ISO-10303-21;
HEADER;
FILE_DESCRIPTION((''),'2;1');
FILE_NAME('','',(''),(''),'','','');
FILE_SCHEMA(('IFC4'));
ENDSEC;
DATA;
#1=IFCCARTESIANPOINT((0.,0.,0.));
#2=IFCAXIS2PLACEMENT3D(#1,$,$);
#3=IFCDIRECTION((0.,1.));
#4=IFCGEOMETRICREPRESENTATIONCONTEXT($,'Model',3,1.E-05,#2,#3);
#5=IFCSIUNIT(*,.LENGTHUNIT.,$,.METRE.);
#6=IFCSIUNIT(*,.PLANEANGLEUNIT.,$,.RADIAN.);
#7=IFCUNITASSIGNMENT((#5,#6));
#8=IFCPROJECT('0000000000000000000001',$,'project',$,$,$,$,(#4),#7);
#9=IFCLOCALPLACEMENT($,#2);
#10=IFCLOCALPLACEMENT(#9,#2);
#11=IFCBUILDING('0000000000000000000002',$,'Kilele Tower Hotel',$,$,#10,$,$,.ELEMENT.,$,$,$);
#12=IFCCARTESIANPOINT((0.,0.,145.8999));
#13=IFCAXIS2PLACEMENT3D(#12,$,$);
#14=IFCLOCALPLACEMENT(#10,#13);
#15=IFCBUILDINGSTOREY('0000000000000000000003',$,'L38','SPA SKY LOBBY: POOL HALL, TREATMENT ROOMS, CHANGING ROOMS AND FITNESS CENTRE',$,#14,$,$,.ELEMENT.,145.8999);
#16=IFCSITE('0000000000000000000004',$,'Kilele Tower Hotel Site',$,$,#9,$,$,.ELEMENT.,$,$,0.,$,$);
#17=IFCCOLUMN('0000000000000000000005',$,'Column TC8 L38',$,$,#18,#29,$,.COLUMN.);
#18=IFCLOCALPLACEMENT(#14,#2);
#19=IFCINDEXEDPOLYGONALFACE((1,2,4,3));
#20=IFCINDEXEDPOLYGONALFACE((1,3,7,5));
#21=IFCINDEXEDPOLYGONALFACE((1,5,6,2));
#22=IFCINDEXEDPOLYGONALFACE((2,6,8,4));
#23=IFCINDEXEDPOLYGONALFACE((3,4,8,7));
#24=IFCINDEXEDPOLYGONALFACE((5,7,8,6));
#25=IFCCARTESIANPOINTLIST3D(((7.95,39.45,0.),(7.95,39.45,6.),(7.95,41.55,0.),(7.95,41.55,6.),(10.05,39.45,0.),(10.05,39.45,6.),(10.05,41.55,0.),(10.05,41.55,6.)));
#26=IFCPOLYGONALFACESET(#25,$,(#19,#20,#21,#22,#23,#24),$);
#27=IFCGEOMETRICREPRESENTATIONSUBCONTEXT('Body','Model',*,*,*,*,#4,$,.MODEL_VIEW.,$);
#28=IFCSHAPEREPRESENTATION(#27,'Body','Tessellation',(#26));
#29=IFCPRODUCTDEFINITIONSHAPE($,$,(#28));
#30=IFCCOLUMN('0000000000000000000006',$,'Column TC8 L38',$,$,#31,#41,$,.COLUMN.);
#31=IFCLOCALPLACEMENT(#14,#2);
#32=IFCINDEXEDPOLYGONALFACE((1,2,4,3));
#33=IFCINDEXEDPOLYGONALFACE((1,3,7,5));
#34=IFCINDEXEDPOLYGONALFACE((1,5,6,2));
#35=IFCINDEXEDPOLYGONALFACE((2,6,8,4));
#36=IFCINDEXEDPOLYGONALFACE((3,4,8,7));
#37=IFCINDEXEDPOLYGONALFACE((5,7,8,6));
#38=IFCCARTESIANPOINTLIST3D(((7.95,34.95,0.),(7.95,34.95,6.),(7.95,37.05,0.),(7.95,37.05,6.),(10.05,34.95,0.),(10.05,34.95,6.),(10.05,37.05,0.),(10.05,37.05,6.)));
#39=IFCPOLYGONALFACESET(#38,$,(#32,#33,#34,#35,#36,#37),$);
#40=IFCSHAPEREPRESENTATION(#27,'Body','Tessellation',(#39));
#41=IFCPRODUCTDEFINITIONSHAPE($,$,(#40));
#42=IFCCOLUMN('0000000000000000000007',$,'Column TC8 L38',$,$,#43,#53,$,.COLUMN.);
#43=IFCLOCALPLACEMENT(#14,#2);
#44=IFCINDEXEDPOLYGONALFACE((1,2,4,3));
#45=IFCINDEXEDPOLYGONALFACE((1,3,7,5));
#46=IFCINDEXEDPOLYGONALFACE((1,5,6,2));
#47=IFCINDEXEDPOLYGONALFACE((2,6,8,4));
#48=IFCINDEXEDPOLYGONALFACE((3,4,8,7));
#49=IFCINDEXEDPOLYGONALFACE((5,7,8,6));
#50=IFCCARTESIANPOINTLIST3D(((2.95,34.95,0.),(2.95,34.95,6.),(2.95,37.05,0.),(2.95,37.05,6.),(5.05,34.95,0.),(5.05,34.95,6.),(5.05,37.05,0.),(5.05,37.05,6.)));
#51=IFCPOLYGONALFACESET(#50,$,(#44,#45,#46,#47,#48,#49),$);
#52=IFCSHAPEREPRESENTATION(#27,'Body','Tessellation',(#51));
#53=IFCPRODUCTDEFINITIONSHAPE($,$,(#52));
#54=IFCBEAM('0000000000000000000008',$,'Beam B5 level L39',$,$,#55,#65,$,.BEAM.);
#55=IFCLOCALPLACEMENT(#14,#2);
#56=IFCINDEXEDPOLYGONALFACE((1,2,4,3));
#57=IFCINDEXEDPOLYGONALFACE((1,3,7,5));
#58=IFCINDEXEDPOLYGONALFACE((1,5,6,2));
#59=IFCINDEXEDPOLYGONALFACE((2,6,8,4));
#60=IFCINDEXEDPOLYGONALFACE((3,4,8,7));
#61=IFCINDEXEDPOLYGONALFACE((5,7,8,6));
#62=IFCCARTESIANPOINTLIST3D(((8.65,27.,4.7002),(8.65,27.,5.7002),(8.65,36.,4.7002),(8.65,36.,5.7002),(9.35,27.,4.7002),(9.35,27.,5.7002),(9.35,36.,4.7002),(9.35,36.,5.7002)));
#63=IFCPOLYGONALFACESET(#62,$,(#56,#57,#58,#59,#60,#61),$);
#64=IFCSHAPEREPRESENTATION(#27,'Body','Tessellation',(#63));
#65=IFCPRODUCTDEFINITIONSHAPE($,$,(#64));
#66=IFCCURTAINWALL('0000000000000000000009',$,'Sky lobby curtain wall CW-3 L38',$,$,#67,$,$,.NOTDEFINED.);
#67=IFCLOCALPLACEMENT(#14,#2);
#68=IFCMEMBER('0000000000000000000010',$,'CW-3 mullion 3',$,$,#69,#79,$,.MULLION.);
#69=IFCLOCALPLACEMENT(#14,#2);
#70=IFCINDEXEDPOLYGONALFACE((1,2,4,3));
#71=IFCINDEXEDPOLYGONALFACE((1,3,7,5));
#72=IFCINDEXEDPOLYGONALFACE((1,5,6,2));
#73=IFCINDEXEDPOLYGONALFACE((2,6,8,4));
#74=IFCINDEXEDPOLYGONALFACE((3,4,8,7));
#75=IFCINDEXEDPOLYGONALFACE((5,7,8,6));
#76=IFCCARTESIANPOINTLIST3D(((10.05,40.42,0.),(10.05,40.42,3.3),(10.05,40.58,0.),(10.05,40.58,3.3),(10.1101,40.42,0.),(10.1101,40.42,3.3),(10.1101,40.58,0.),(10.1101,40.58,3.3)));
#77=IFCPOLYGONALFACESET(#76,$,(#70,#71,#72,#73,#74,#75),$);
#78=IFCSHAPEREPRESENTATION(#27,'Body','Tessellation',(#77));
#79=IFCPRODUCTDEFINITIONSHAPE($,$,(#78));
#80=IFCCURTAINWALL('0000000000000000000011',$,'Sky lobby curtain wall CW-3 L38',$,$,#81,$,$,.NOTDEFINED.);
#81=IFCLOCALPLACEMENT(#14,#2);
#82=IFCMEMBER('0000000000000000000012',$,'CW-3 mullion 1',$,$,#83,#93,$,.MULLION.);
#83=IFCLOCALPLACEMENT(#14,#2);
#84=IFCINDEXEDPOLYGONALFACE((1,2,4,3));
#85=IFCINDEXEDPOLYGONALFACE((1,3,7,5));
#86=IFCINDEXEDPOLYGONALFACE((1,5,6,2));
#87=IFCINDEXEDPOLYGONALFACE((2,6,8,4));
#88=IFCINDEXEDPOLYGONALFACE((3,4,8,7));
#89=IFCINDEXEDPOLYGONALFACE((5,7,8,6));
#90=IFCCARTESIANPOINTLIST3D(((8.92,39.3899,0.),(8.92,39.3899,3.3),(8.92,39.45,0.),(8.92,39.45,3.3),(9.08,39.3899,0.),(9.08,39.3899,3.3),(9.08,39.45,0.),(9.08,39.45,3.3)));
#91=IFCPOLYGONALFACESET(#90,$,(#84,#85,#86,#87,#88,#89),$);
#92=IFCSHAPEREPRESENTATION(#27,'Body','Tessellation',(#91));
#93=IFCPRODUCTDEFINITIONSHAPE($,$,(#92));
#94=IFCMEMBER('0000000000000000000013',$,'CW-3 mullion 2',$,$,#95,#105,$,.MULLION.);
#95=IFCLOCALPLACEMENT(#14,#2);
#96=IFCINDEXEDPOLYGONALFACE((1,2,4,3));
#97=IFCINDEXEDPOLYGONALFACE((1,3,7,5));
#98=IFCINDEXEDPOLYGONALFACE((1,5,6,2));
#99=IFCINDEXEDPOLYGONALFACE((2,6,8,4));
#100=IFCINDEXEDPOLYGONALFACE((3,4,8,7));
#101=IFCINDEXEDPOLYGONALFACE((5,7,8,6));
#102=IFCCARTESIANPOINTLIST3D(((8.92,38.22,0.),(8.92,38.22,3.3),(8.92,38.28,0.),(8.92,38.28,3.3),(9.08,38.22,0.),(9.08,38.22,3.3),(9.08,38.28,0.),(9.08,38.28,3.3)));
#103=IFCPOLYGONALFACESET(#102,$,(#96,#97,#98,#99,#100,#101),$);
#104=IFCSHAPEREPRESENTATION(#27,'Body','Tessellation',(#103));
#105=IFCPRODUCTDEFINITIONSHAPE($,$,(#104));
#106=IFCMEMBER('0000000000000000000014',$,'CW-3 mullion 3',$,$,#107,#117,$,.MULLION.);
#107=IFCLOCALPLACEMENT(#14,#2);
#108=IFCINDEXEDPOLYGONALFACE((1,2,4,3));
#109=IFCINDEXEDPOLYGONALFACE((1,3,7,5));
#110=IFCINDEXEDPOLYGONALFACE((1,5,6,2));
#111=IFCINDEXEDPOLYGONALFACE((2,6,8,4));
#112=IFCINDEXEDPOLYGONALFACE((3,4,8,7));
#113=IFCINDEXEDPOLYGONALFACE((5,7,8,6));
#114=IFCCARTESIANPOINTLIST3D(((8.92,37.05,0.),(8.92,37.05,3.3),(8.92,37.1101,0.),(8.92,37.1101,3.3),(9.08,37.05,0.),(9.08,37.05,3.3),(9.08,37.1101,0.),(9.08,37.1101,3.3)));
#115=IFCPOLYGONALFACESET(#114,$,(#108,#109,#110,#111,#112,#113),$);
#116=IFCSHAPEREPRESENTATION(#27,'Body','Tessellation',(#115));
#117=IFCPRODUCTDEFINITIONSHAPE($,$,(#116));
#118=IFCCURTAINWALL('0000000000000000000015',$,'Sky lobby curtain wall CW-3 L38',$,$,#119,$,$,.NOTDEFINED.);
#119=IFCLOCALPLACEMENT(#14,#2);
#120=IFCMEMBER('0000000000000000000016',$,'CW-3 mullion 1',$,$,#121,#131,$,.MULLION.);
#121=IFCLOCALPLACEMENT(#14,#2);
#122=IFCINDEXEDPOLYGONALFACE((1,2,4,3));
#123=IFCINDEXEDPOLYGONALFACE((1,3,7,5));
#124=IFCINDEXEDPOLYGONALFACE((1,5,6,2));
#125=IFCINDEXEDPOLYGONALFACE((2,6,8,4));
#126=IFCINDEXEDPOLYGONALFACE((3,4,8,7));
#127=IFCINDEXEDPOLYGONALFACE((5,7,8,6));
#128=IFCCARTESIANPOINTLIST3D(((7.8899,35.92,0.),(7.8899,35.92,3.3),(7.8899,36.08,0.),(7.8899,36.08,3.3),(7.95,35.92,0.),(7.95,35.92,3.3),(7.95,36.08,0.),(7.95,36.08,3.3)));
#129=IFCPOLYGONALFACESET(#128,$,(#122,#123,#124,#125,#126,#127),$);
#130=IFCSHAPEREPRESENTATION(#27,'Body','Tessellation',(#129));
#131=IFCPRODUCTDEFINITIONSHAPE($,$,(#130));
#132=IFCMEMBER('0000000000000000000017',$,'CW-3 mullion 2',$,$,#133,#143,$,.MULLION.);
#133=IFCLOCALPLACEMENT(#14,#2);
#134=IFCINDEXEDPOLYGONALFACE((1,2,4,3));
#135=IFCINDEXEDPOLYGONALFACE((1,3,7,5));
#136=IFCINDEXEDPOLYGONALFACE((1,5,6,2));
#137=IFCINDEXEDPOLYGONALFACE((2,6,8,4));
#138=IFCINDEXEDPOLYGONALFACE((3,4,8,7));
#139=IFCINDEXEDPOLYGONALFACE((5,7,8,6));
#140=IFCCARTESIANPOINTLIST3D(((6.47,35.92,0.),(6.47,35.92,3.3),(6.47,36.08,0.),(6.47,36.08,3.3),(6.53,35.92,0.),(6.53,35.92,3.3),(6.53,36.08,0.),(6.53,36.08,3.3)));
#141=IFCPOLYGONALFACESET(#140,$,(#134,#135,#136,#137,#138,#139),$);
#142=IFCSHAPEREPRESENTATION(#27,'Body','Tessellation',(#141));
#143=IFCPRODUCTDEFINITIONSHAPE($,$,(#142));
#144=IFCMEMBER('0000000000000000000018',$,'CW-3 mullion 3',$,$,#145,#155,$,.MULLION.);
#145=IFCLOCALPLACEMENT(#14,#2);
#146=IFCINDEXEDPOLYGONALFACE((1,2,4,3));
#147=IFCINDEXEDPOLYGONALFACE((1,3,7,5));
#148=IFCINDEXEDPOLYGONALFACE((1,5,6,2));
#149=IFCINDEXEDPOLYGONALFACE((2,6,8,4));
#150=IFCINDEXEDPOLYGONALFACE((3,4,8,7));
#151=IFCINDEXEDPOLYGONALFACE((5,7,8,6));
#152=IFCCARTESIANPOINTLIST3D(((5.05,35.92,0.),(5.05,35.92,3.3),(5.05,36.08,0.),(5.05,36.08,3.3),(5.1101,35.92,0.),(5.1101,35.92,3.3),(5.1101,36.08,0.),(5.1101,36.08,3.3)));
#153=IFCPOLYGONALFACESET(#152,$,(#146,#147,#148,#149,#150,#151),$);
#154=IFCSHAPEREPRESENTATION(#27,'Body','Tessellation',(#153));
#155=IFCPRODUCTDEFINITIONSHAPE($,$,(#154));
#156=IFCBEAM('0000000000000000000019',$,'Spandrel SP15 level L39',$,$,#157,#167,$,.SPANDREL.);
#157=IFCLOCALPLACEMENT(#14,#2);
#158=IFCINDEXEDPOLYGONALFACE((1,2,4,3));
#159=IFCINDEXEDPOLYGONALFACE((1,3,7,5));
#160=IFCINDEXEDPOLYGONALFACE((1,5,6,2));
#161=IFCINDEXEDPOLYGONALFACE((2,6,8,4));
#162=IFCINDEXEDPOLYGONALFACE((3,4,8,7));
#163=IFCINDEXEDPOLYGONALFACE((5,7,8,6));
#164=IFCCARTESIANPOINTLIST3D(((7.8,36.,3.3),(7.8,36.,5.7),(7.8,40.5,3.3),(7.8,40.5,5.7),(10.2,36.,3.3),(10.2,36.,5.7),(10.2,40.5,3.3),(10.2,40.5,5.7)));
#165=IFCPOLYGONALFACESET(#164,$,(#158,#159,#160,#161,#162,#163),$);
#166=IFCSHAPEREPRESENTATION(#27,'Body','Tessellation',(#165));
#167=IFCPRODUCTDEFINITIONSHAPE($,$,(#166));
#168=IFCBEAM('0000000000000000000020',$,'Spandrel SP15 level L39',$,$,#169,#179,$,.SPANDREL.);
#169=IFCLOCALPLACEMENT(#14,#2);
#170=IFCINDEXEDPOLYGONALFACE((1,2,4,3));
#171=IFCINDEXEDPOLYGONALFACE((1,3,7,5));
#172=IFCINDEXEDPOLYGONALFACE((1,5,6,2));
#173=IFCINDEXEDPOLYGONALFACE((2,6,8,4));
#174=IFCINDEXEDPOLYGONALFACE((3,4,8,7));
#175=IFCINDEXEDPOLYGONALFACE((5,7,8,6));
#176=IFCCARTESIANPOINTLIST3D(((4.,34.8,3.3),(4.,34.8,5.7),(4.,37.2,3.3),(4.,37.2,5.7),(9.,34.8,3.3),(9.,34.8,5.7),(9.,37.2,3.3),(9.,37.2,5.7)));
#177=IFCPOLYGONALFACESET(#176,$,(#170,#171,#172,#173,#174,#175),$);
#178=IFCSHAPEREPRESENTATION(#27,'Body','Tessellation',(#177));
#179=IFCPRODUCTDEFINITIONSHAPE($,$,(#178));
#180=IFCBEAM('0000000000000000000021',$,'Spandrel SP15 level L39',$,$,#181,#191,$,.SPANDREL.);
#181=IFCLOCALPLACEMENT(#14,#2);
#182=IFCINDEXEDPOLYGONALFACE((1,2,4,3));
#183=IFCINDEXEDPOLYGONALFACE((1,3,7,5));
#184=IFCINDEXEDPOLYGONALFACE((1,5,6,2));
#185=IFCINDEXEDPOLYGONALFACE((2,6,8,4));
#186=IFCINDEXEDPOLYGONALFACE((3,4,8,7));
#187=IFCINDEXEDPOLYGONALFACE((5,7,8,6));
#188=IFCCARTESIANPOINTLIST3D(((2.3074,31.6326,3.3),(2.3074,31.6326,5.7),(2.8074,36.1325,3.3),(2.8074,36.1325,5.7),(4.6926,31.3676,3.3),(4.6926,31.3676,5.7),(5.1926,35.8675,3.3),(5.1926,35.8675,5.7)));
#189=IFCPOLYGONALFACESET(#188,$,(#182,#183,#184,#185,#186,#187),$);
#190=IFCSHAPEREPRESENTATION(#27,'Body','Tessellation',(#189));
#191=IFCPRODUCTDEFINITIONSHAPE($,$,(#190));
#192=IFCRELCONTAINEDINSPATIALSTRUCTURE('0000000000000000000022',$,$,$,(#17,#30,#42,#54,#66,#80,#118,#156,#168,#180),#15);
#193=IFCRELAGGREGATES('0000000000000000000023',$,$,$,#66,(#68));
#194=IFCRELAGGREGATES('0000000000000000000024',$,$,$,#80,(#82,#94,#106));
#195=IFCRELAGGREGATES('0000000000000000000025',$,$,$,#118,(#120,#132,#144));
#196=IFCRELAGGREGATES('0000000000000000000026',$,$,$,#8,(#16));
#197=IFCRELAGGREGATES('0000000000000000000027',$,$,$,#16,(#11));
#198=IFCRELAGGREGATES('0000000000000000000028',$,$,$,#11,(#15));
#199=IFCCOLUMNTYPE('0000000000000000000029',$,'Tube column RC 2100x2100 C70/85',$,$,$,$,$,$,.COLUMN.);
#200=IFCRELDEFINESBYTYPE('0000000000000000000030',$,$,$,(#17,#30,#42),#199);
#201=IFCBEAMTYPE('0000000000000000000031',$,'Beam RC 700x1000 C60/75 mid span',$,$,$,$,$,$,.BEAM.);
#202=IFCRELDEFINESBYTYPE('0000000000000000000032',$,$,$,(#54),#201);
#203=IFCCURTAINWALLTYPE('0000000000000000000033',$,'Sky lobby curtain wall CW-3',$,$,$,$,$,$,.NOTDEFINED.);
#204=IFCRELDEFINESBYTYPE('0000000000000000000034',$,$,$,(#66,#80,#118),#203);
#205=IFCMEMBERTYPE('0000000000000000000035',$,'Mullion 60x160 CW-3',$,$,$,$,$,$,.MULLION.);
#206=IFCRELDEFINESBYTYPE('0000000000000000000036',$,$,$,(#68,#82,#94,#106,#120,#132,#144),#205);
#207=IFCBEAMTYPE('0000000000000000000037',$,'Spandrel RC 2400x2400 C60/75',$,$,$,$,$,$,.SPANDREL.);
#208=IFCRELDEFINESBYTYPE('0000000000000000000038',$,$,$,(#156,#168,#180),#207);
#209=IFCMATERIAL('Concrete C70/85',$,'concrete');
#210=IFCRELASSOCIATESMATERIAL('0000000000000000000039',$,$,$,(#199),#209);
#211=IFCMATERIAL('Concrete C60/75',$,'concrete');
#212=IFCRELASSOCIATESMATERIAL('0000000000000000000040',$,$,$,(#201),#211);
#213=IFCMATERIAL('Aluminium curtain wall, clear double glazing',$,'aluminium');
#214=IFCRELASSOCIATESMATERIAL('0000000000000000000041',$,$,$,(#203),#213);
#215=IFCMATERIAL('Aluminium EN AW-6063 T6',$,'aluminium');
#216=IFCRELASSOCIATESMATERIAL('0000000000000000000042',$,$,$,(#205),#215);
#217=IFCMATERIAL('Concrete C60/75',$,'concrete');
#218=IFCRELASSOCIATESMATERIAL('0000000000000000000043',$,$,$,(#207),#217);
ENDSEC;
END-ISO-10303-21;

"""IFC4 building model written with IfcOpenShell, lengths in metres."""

from ifc_helpers import new_model, si_unit, direction, frame, origin, origin_2d, place, context, subcontext, project, spatial, rectangle, extrude, material, material_profile, profile_set, type_object, element, aggregate, save


model = new_model("IFC4")

# Units and contexts
model_context = context("Model", 3, precision=1e-05, world=origin(), true_north=direction((0.0, 1.0)))
body_context = subcontext(model_context, "Body", "Model", "MODEL_VIEW")
ifc_project = project(units=[si_unit("LENGTHUNIT", "METRE"), si_unit("PLANEANGLEUNIT", "RADIAN")], contexts=[model_context])

# Site, building, storey
site_placement = place(None, origin())
site = spatial("IfcSite", under=ifc_project, at=site_placement, Name="Kilele Tower Hotel Site", CompositionType="ELEMENT", RefElevation=0.0)
building_placement = place(site_placement, origin())
building = spatial("IfcBuilding", under=site, at=building_placement, Name="Kilele Tower Hotel", CompositionType="ELEMENT")
storey_placement = place(building_placement, frame((0.0, 0.0, 145.8999)))
storey = spatial("IfcBuildingStorey", under=building, at=storey_placement, Name="L38", Description="SPA SKY LOBBY: POOL HALL, TREATMENT ROOMS, CHANGING ROOMS AND FITNESS CENTRE", CompositionType="ELEMENT", Elevation=145.8999)

# Columns
ifc_material_1 = material(Name="Concrete C70/85", Category="concrete")
ifc_material_profile_1 = material_profile(ifc_material_1, rectangle(XDim=2.1001, YDim=2.1001, at=origin_2d()))
ifc_profile_set_1 = profile_set([ifc_material_profile_1], Name="Concrete C70/85")
column_type = type_object("IfcColumnType", Name="Tube column RC 2100x2100 C70/85", PredefinedType="COLUMN", material=ifc_profile_set_1)
for number, where, z_axis, x_axis, name in (
    (1, (9.0, 40.5, 0.0), (0.0, 0.0, 1.0), (1.0, 0.0, 0.0), "Column TC8 L38"),
    (2, (9.0, 36.0, 0.0), (0.0, 0.0, 1.0), (1.0, 0.0, 0.0), "Column TC8 L38"),
    (3, (4.0, 36.0, 0.0), (0.0, 0.0, 1.0), (1.0, 0.0, 0.0), "Column TC8 L38"),
):
    element("IfcColumn", number, at=place(storey_placement, frame(where, z_axis=z_axis, x_axis=x_axis)), inside=storey, type_object=column_type, Name=name, PredefinedType="COLUMN", context=body_context, shape_type="SweptSolid", body=[
        extrude(rectangle(XDim=2.1001, YDim=2.1001, at=origin_2d()), origin(), (0.0, 0.0, 1.0), 6.0),
    ])

# Beam
ifc_material_2 = material(Name="Concrete C60/75", Category="concrete")
ifc_material_profile_2 = material_profile(ifc_material_2, rectangle(XDim=0.7, YDim=1.0, at=origin_2d()))
ifc_profile_set_2 = profile_set([ifc_material_profile_2], Name="Concrete C60/75")
beam_type_1 = type_object("IfcBeamType", Name="Beam RC 700x1000 C60/75 mid span", PredefinedType="BEAM", material=ifc_profile_set_2)
beam_1_placement = place(storey_placement, frame((9.0, 36.0, 5.2002), z_axis=(0.0, -1.0, 0.0), x_axis=(1.0, 0.0, 0.0)))
element("IfcBeam", 4, at=beam_1_placement, inside=storey, type_object=beam_type_1, Name="Beam B5 level L39", PredefinedType="BEAM", context=body_context, shape_type="SweptSolid", body=[
    extrude(rectangle(XDim=0.7, YDim=1.0, at=origin_2d()), origin(), (0.0, 0.0, 1.0), 9.0),
])

# Curtain wall, member
ifc_material_3 = material(Name="Aluminium curtain wall, clear double glazing", Category="aluminium")
curtain_wall_type = type_object("IfcCurtainWallType", Name="Sky lobby curtain wall CW-3", PredefinedType="NOTDEFINED", material=ifc_material_3)
curtain_wall_1_placement = place(storey_placement, origin())
curtain_wall_1 = element("IfcCurtainWall", 5, at=curtain_wall_1_placement, inside=storey, type_object=curtain_wall_type, Name="Sky lobby curtain wall CW-3 L38", PredefinedType="NOTDEFINED")
ifc_material_4 = material(Name="Aluminium EN AW-6063 T6", Category="aluminium")
ifc_material_profile_3 = material_profile(ifc_material_4, rectangle(XDim=0.1599, YDim=0.0601, at=origin_2d()))
ifc_profile_set_3 = profile_set([ifc_material_profile_3], Name="Aluminium EN AW-6063 T6")
member_type_1 = type_object("IfcMemberType", Name="Mullion 60x160 CW-3", PredefinedType="MULLION", material=ifc_profile_set_3)
member_1_placement = place(storey_placement, frame((10.0801, 40.5, 0.0), z_axis=(0.0, 0.0, 1.0), x_axis=(0.0, -1.0, 0.0)))
member_1 = element("IfcMember", 6, at=member_1_placement, type_object=member_type_1, Name="CW-3 mullion 3", PredefinedType="MULLION", context=body_context, shape_type="SweptSolid", body=[
    extrude(rectangle(XDim=0.1599, YDim=0.0601, at=origin_2d()), origin(), (0.0, 0.0, 1.0), 3.3),
])

# Curtain walls, members
curtain_wall_2_placement = place(storey_placement, origin())
curtain_wall_2 = element("IfcCurtainWall", 7, at=curtain_wall_2_placement, inside=storey, type_object=curtain_wall_type, Name="Sky lobby curtain wall CW-3 L38", PredefinedType="NOTDEFINED")
member_2_placement = place(storey_placement, frame((9.0, 39.4199, 0.0), z_axis=(0.0, 0.0, 1.0), x_axis=(1.0, 0.0, 0.0)))
member_2 = element("IfcMember", 8, at=member_2_placement, type_object=member_type_1, Name="CW-3 mullion 1", PredefinedType="MULLION", context=body_context, shape_type="SweptSolid", body=[
    extrude(rectangle(XDim=0.1599, YDim=0.0601, at=origin_2d()), origin(), (0.0, 0.0, 1.0), 3.3),
])
member_3_placement = place(storey_placement, frame((9.0, 38.25, 0.0), z_axis=(0.0, 0.0, 1.0), x_axis=(1.0, 0.0, 0.0)))
member_3 = element("IfcMember", 9, at=member_3_placement, type_object=member_type_1, Name="CW-3 mullion 2", PredefinedType="MULLION", context=body_context, shape_type="SweptSolid", body=[
    extrude(rectangle(XDim=0.1599, YDim=0.0601, at=origin_2d()), origin(), (0.0, 0.0, 1.0), 3.3),
])
member_4_placement = place(storey_placement, frame((9.0, 37.0801, 0.0), z_axis=(0.0, 0.0, 1.0), x_axis=(1.0, 0.0, 0.0)))
member_4 = element("IfcMember", 10, at=member_4_placement, type_object=member_type_1, Name="CW-3 mullion 3", PredefinedType="MULLION", context=body_context, shape_type="SweptSolid", body=[
    extrude(rectangle(XDim=0.1599, YDim=0.0601, at=origin_2d()), origin(), (0.0, 0.0, 1.0), 3.3),
])
curtain_wall_3_placement = place(storey_placement, origin())
curtain_wall_3 = element("IfcCurtainWall", 11, at=curtain_wall_3_placement, inside=storey, type_object=curtain_wall_type, Name="Sky lobby curtain wall CW-3 L38", PredefinedType="NOTDEFINED")
member_5_placement = place(storey_placement, frame((7.9199, 36.0, 0.0), z_axis=(0.0, 0.0, 1.0), x_axis=(0.0, -1.0, 0.0)))
member_5 = element("IfcMember", 12, at=member_5_placement, type_object=member_type_1, Name="CW-3 mullion 1", PredefinedType="MULLION", context=body_context, shape_type="SweptSolid", body=[
    extrude(rectangle(XDim=0.1599, YDim=0.0601, at=origin_2d()), origin(), (0.0, 0.0, 1.0), 3.3),
])
member_6_placement = place(storey_placement, frame((6.5, 36.0, 0.0), z_axis=(0.0, 0.0, 1.0), x_axis=(0.0, -1.0, 0.0)))
member_6 = element("IfcMember", 13, at=member_6_placement, type_object=member_type_1, Name="CW-3 mullion 2", PredefinedType="MULLION", context=body_context, shape_type="SweptSolid", body=[
    extrude(rectangle(XDim=0.1599, YDim=0.0601, at=origin_2d()), origin(), (0.0, 0.0, 1.0), 3.3),
])
member_7_placement = place(storey_placement, frame((5.0801, 36.0, 0.0), z_axis=(0.0, 0.0, 1.0), x_axis=(0.0, -1.0, 0.0)))
member_7 = element("IfcMember", 14, at=member_7_placement, type_object=member_type_1, Name="CW-3 mullion 3", PredefinedType="MULLION", context=body_context, shape_type="SweptSolid", body=[
    extrude(rectangle(XDim=0.1599, YDim=0.0601, at=origin_2d()), origin(), (0.0, 0.0, 1.0), 3.3),
])

# Beams
ifc_material_5 = material(Name="Concrete C60/75", Category="concrete")
ifc_material_profile_4 = material_profile(ifc_material_5, rectangle(XDim=2.3999, YDim=2.3999, at=origin_2d()))
ifc_profile_set_4 = profile_set([ifc_material_profile_4], Name="Concrete C60/75")
beam_type_2 = type_object("IfcBeamType", Name="Spandrel RC 2400x2400 C60/75", PredefinedType="SPANDREL", material=ifc_profile_set_4)
beam_2_placement = place(storey_placement, frame((9.0, 40.5, 4.5), z_axis=(0.0, -1.0, 0.0), x_axis=(1.0, 0.0, 0.0)))
element("IfcBeam", 15, at=beam_2_placement, inside=storey, type_object=beam_type_2, Name="Spandrel SP15 level L39", PredefinedType="SPANDREL", context=body_context, shape_type="SweptSolid", body=[
    extrude(rectangle(XDim=2.3999, YDim=2.3999, at=origin_2d()), origin(), (0.0, 0.0, 1.0), 4.5),
])
beam_3_placement = place(storey_placement, frame((9.0, 36.0, 4.5), z_axis=(-1.0, 0.0, 0.0), x_axis=(0.0, -1.0, 0.0)))
element("IfcBeam", 16, at=beam_3_placement, inside=storey, type_object=beam_type_2, Name="Spandrel SP15 level L39", PredefinedType="SPANDREL", context=body_context, shape_type="SweptSolid", body=[
    extrude(rectangle(XDim=2.3999, YDim=2.3999, at=origin_2d()), origin(), (0.0, 0.0, 1.0), 5.0),
])
beam_4_placement = place(storey_placement, frame((4.0, 36.0, 4.5), z_axis=(-0.110432, -0.993884, 0.0), x_axis=(0.993884, -0.110432, 0.0)))
element("IfcBeam", 17, at=beam_4_placement, inside=storey, type_object=beam_type_2, Name="Spandrel SP15 level L39", PredefinedType="SPANDREL", context=body_context, shape_type="SweptSolid", body=[
    extrude(rectangle(XDim=2.3999, YDim=2.3999, at=origin_2d()), origin(), (0.0, 0.0, 1.0), 4.5276),
])

aggregate(curtain_wall_1, [member_1])
aggregate(curtain_wall_2, [member_2, member_3, member_4])
aggregate(curtain_wall_3, [member_5, member_6, member_7])

save(model, "model.ifc")
